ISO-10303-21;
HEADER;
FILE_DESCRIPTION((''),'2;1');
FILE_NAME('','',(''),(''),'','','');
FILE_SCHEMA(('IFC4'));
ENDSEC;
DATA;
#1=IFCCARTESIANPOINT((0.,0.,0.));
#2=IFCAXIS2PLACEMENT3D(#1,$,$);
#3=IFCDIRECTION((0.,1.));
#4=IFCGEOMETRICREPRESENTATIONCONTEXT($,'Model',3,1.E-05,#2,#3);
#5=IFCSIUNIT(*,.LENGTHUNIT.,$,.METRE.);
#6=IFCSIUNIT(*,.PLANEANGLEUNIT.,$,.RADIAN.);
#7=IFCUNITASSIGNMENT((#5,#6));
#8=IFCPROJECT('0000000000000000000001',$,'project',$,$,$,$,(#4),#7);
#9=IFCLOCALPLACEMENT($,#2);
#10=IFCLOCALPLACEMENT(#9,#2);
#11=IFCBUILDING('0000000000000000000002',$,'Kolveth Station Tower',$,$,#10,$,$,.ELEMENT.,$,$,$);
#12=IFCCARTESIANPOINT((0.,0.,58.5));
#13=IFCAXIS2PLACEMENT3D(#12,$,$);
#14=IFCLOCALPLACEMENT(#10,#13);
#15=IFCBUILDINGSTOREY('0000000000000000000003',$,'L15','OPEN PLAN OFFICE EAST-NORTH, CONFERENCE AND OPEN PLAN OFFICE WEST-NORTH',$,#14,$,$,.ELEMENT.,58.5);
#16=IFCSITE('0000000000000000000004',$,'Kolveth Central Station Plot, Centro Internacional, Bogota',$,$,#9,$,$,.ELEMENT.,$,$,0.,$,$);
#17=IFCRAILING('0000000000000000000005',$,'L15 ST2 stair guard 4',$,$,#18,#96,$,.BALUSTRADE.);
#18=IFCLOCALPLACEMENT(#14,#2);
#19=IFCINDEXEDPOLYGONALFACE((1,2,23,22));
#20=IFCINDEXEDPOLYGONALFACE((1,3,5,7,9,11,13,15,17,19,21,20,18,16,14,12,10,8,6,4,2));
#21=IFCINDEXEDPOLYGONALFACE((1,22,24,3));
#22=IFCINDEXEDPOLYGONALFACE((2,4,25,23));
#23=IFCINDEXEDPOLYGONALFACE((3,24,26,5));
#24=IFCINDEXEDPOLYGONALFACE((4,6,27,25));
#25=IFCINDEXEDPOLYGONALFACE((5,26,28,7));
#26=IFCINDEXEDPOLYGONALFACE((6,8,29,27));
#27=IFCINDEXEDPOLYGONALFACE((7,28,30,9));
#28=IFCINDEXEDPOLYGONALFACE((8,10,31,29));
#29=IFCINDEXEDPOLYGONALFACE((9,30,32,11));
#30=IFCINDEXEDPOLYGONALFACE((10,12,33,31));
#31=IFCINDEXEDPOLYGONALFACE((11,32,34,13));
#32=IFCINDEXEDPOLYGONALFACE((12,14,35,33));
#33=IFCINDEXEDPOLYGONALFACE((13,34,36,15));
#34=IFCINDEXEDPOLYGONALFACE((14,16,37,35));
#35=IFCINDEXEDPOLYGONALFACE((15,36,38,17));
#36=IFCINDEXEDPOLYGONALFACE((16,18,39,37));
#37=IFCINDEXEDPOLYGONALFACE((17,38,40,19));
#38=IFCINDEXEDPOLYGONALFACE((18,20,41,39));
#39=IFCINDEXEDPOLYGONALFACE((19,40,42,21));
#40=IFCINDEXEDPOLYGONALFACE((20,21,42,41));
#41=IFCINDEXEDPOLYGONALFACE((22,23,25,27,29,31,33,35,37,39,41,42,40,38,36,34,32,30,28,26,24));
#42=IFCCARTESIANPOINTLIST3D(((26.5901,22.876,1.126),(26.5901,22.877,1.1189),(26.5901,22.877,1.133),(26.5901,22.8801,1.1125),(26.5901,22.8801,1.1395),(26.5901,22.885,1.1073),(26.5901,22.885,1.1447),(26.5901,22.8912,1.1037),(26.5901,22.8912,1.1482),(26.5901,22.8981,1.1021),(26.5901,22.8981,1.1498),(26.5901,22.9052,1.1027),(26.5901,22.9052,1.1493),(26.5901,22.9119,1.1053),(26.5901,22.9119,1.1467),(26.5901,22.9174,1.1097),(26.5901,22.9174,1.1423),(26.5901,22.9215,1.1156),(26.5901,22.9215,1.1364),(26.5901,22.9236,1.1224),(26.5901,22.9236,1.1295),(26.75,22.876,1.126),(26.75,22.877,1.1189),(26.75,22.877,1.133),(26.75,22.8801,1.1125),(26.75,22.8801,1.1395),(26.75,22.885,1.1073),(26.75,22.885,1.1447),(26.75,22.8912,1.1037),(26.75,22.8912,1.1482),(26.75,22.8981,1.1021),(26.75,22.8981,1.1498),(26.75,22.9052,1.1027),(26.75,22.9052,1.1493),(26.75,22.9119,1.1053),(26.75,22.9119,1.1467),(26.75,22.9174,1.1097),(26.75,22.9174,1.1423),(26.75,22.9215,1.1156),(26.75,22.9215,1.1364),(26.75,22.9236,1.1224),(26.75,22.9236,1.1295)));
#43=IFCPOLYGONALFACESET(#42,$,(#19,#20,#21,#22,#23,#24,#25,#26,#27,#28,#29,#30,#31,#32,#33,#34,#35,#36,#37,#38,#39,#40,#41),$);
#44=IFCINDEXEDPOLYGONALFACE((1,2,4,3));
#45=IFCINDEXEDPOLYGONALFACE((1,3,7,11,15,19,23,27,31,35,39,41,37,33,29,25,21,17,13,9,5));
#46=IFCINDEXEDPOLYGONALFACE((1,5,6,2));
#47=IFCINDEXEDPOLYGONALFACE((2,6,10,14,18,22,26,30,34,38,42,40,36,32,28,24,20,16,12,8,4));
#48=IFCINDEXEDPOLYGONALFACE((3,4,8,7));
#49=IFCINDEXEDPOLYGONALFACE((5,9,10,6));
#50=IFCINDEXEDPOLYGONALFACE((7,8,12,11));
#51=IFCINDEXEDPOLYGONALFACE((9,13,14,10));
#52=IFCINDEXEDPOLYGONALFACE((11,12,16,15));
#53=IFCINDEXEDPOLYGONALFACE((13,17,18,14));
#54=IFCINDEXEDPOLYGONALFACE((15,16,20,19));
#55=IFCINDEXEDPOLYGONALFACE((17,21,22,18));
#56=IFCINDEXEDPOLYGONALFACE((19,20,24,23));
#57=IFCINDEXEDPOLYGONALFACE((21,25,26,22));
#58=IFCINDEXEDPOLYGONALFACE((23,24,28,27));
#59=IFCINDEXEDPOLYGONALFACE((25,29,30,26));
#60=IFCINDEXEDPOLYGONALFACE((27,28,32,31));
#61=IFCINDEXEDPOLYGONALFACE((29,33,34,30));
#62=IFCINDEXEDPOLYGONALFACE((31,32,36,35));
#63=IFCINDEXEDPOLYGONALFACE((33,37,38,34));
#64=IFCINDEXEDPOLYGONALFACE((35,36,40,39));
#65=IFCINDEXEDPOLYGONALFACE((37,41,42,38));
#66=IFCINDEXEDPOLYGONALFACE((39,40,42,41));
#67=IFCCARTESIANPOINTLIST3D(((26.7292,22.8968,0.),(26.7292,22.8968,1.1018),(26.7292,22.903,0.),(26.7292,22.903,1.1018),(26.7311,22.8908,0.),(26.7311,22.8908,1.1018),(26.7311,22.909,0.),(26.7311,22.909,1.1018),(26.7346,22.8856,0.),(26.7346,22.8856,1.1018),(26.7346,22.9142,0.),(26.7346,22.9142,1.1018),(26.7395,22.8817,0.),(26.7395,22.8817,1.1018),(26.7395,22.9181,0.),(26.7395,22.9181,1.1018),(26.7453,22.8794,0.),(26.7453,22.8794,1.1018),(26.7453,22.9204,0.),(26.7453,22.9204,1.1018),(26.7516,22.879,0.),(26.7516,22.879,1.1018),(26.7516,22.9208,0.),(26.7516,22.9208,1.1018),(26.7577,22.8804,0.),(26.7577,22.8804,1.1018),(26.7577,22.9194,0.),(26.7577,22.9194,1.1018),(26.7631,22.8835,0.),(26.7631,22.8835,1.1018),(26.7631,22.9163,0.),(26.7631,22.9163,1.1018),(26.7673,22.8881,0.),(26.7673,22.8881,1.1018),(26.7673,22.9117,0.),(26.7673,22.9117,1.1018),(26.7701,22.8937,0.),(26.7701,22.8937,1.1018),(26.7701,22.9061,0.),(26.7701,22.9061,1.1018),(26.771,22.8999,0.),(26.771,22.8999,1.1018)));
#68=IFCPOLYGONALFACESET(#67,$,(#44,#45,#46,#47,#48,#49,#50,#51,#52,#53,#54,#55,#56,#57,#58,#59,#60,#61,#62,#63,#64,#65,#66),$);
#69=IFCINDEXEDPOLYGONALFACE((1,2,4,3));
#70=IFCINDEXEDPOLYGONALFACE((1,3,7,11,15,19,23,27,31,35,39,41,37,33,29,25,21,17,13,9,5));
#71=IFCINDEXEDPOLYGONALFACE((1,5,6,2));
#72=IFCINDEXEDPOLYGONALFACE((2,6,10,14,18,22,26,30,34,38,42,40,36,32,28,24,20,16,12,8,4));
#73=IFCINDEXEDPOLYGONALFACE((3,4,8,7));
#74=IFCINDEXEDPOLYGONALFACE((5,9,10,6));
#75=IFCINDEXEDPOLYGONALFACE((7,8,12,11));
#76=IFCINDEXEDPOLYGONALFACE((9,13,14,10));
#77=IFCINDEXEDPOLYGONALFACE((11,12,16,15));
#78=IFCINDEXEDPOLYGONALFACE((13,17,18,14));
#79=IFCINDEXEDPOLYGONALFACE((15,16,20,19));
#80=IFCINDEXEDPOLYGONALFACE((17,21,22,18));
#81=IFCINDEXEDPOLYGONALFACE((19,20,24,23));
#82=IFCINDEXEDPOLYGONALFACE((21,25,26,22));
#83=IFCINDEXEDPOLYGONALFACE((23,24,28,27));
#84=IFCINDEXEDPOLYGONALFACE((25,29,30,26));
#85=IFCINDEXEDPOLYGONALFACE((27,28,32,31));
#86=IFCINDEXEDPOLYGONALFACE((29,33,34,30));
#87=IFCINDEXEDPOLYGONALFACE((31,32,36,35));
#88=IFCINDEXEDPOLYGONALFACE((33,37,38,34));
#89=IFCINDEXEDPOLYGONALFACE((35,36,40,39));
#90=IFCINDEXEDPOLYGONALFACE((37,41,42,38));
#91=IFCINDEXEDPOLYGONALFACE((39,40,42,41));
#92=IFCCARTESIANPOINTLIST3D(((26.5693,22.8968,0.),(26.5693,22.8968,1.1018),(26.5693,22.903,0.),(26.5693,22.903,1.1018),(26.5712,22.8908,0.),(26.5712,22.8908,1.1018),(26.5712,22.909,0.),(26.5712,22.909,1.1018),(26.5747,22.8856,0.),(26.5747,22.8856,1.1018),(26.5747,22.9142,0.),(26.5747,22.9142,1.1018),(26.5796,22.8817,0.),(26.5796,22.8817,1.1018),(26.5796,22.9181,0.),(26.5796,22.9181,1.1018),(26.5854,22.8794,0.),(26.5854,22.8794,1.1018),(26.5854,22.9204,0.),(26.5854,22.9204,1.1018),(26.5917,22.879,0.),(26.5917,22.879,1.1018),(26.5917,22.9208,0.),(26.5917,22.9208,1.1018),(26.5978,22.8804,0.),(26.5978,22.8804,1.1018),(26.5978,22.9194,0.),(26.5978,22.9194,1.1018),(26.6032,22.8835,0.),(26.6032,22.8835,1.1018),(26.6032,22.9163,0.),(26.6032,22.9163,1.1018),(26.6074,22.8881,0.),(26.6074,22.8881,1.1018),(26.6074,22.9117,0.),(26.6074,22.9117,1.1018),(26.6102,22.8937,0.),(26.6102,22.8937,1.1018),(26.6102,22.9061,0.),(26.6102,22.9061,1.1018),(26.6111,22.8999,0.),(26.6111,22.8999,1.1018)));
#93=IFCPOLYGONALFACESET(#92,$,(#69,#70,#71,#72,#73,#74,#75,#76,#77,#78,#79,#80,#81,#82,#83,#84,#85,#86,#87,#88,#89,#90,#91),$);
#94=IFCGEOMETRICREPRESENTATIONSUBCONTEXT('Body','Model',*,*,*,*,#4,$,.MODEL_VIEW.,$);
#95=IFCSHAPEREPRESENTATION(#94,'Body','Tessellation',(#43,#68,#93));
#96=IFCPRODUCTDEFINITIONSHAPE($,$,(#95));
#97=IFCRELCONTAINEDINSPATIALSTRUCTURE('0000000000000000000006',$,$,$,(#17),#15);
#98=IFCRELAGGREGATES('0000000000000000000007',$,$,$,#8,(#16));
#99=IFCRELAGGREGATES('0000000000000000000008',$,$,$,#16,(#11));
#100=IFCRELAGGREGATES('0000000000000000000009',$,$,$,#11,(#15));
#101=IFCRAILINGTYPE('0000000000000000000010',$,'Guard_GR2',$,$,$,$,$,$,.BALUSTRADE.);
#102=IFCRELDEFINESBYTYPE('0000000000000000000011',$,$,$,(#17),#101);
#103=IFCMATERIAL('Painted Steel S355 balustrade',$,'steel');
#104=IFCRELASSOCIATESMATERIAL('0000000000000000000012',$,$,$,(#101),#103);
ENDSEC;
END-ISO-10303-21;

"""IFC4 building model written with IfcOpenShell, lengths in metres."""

from ifc_helpers import new_model, si_unit, direction, frame, origin, origin_2d, place, context, subcontext, project, spatial, circle, extrude, material, type_object, element, save


model = new_model("IFC4")

# Units and contexts
model_context = context("Model", 3, precision=1e-05, world=origin(), true_north=direction((0.0, 1.0)))
body_context = subcontext(model_context, "Body", "Model", "MODEL_VIEW")
ifc_project = project(units=[si_unit("LENGTHUNIT", "METRE"), si_unit("PLANEANGLEUNIT", "RADIAN")], contexts=[model_context])

# Site, building, storey
site_placement = place(None, origin())
site = spatial("IfcSite", under=ifc_project, at=site_placement, Name="Kolveth Central Station Plot, Centro Internacional, Bogota", CompositionType="ELEMENT", RefElevation=0.0)
building_placement = place(site_placement, origin())
building = spatial("IfcBuilding", under=site, at=building_placement, Name="Kolveth Station Tower", CompositionType="ELEMENT")
storey_placement = place(building_placement, frame((0.0, 0.0, 58.5)))
storey = spatial("IfcBuildingStorey", under=building, at=storey_placement, Name="L15", Description="OPEN PLAN OFFICE EAST-NORTH, CONFERENCE AND OPEN PLAN OFFICE WEST-NORTH", CompositionType="ELEMENT", Elevation=58.5)

# Railing
ifc_material_1 = material(Name="Painted Steel S355 balustrade", Category="steel")
railing_type_1 = type_object("IfcRailingType", Name="Guard_GR2", PredefinedType="BALUSTRADE", material=ifc_material_1)
railing_1_placement = place(storey_placement, frame((26.75, 22.8999, 0.0)))
element("IfcRailing", 1, at=railing_1_placement, inside=storey, type_object=railing_type_1, Name="L15 ST2 stair guard 4", PredefinedType="BALUSTRADE", context=body_context, shape_type="SweptSolid", body=[
    extrude(circle(Radius=0.0239, at=origin_2d()), frame((0.0, 0.0, 1.126), z_axis=(-1.0, 0.0, 0.0), x_axis=(0.0, -1.0, 0.0)), (0.0, 0.0, 1.0), 0.1599),
    extrude(circle(Radius=0.021, at=origin_2d()), origin(), (0.0, 0.0, 1.0), 1.1018),
    extrude(circle(Radius=0.021, at=origin_2d()), frame((-0.1599, 0.0, 0.0)), (0.0, 0.0, 1.0), 1.1018),
])

save(model, "model.ifc")
